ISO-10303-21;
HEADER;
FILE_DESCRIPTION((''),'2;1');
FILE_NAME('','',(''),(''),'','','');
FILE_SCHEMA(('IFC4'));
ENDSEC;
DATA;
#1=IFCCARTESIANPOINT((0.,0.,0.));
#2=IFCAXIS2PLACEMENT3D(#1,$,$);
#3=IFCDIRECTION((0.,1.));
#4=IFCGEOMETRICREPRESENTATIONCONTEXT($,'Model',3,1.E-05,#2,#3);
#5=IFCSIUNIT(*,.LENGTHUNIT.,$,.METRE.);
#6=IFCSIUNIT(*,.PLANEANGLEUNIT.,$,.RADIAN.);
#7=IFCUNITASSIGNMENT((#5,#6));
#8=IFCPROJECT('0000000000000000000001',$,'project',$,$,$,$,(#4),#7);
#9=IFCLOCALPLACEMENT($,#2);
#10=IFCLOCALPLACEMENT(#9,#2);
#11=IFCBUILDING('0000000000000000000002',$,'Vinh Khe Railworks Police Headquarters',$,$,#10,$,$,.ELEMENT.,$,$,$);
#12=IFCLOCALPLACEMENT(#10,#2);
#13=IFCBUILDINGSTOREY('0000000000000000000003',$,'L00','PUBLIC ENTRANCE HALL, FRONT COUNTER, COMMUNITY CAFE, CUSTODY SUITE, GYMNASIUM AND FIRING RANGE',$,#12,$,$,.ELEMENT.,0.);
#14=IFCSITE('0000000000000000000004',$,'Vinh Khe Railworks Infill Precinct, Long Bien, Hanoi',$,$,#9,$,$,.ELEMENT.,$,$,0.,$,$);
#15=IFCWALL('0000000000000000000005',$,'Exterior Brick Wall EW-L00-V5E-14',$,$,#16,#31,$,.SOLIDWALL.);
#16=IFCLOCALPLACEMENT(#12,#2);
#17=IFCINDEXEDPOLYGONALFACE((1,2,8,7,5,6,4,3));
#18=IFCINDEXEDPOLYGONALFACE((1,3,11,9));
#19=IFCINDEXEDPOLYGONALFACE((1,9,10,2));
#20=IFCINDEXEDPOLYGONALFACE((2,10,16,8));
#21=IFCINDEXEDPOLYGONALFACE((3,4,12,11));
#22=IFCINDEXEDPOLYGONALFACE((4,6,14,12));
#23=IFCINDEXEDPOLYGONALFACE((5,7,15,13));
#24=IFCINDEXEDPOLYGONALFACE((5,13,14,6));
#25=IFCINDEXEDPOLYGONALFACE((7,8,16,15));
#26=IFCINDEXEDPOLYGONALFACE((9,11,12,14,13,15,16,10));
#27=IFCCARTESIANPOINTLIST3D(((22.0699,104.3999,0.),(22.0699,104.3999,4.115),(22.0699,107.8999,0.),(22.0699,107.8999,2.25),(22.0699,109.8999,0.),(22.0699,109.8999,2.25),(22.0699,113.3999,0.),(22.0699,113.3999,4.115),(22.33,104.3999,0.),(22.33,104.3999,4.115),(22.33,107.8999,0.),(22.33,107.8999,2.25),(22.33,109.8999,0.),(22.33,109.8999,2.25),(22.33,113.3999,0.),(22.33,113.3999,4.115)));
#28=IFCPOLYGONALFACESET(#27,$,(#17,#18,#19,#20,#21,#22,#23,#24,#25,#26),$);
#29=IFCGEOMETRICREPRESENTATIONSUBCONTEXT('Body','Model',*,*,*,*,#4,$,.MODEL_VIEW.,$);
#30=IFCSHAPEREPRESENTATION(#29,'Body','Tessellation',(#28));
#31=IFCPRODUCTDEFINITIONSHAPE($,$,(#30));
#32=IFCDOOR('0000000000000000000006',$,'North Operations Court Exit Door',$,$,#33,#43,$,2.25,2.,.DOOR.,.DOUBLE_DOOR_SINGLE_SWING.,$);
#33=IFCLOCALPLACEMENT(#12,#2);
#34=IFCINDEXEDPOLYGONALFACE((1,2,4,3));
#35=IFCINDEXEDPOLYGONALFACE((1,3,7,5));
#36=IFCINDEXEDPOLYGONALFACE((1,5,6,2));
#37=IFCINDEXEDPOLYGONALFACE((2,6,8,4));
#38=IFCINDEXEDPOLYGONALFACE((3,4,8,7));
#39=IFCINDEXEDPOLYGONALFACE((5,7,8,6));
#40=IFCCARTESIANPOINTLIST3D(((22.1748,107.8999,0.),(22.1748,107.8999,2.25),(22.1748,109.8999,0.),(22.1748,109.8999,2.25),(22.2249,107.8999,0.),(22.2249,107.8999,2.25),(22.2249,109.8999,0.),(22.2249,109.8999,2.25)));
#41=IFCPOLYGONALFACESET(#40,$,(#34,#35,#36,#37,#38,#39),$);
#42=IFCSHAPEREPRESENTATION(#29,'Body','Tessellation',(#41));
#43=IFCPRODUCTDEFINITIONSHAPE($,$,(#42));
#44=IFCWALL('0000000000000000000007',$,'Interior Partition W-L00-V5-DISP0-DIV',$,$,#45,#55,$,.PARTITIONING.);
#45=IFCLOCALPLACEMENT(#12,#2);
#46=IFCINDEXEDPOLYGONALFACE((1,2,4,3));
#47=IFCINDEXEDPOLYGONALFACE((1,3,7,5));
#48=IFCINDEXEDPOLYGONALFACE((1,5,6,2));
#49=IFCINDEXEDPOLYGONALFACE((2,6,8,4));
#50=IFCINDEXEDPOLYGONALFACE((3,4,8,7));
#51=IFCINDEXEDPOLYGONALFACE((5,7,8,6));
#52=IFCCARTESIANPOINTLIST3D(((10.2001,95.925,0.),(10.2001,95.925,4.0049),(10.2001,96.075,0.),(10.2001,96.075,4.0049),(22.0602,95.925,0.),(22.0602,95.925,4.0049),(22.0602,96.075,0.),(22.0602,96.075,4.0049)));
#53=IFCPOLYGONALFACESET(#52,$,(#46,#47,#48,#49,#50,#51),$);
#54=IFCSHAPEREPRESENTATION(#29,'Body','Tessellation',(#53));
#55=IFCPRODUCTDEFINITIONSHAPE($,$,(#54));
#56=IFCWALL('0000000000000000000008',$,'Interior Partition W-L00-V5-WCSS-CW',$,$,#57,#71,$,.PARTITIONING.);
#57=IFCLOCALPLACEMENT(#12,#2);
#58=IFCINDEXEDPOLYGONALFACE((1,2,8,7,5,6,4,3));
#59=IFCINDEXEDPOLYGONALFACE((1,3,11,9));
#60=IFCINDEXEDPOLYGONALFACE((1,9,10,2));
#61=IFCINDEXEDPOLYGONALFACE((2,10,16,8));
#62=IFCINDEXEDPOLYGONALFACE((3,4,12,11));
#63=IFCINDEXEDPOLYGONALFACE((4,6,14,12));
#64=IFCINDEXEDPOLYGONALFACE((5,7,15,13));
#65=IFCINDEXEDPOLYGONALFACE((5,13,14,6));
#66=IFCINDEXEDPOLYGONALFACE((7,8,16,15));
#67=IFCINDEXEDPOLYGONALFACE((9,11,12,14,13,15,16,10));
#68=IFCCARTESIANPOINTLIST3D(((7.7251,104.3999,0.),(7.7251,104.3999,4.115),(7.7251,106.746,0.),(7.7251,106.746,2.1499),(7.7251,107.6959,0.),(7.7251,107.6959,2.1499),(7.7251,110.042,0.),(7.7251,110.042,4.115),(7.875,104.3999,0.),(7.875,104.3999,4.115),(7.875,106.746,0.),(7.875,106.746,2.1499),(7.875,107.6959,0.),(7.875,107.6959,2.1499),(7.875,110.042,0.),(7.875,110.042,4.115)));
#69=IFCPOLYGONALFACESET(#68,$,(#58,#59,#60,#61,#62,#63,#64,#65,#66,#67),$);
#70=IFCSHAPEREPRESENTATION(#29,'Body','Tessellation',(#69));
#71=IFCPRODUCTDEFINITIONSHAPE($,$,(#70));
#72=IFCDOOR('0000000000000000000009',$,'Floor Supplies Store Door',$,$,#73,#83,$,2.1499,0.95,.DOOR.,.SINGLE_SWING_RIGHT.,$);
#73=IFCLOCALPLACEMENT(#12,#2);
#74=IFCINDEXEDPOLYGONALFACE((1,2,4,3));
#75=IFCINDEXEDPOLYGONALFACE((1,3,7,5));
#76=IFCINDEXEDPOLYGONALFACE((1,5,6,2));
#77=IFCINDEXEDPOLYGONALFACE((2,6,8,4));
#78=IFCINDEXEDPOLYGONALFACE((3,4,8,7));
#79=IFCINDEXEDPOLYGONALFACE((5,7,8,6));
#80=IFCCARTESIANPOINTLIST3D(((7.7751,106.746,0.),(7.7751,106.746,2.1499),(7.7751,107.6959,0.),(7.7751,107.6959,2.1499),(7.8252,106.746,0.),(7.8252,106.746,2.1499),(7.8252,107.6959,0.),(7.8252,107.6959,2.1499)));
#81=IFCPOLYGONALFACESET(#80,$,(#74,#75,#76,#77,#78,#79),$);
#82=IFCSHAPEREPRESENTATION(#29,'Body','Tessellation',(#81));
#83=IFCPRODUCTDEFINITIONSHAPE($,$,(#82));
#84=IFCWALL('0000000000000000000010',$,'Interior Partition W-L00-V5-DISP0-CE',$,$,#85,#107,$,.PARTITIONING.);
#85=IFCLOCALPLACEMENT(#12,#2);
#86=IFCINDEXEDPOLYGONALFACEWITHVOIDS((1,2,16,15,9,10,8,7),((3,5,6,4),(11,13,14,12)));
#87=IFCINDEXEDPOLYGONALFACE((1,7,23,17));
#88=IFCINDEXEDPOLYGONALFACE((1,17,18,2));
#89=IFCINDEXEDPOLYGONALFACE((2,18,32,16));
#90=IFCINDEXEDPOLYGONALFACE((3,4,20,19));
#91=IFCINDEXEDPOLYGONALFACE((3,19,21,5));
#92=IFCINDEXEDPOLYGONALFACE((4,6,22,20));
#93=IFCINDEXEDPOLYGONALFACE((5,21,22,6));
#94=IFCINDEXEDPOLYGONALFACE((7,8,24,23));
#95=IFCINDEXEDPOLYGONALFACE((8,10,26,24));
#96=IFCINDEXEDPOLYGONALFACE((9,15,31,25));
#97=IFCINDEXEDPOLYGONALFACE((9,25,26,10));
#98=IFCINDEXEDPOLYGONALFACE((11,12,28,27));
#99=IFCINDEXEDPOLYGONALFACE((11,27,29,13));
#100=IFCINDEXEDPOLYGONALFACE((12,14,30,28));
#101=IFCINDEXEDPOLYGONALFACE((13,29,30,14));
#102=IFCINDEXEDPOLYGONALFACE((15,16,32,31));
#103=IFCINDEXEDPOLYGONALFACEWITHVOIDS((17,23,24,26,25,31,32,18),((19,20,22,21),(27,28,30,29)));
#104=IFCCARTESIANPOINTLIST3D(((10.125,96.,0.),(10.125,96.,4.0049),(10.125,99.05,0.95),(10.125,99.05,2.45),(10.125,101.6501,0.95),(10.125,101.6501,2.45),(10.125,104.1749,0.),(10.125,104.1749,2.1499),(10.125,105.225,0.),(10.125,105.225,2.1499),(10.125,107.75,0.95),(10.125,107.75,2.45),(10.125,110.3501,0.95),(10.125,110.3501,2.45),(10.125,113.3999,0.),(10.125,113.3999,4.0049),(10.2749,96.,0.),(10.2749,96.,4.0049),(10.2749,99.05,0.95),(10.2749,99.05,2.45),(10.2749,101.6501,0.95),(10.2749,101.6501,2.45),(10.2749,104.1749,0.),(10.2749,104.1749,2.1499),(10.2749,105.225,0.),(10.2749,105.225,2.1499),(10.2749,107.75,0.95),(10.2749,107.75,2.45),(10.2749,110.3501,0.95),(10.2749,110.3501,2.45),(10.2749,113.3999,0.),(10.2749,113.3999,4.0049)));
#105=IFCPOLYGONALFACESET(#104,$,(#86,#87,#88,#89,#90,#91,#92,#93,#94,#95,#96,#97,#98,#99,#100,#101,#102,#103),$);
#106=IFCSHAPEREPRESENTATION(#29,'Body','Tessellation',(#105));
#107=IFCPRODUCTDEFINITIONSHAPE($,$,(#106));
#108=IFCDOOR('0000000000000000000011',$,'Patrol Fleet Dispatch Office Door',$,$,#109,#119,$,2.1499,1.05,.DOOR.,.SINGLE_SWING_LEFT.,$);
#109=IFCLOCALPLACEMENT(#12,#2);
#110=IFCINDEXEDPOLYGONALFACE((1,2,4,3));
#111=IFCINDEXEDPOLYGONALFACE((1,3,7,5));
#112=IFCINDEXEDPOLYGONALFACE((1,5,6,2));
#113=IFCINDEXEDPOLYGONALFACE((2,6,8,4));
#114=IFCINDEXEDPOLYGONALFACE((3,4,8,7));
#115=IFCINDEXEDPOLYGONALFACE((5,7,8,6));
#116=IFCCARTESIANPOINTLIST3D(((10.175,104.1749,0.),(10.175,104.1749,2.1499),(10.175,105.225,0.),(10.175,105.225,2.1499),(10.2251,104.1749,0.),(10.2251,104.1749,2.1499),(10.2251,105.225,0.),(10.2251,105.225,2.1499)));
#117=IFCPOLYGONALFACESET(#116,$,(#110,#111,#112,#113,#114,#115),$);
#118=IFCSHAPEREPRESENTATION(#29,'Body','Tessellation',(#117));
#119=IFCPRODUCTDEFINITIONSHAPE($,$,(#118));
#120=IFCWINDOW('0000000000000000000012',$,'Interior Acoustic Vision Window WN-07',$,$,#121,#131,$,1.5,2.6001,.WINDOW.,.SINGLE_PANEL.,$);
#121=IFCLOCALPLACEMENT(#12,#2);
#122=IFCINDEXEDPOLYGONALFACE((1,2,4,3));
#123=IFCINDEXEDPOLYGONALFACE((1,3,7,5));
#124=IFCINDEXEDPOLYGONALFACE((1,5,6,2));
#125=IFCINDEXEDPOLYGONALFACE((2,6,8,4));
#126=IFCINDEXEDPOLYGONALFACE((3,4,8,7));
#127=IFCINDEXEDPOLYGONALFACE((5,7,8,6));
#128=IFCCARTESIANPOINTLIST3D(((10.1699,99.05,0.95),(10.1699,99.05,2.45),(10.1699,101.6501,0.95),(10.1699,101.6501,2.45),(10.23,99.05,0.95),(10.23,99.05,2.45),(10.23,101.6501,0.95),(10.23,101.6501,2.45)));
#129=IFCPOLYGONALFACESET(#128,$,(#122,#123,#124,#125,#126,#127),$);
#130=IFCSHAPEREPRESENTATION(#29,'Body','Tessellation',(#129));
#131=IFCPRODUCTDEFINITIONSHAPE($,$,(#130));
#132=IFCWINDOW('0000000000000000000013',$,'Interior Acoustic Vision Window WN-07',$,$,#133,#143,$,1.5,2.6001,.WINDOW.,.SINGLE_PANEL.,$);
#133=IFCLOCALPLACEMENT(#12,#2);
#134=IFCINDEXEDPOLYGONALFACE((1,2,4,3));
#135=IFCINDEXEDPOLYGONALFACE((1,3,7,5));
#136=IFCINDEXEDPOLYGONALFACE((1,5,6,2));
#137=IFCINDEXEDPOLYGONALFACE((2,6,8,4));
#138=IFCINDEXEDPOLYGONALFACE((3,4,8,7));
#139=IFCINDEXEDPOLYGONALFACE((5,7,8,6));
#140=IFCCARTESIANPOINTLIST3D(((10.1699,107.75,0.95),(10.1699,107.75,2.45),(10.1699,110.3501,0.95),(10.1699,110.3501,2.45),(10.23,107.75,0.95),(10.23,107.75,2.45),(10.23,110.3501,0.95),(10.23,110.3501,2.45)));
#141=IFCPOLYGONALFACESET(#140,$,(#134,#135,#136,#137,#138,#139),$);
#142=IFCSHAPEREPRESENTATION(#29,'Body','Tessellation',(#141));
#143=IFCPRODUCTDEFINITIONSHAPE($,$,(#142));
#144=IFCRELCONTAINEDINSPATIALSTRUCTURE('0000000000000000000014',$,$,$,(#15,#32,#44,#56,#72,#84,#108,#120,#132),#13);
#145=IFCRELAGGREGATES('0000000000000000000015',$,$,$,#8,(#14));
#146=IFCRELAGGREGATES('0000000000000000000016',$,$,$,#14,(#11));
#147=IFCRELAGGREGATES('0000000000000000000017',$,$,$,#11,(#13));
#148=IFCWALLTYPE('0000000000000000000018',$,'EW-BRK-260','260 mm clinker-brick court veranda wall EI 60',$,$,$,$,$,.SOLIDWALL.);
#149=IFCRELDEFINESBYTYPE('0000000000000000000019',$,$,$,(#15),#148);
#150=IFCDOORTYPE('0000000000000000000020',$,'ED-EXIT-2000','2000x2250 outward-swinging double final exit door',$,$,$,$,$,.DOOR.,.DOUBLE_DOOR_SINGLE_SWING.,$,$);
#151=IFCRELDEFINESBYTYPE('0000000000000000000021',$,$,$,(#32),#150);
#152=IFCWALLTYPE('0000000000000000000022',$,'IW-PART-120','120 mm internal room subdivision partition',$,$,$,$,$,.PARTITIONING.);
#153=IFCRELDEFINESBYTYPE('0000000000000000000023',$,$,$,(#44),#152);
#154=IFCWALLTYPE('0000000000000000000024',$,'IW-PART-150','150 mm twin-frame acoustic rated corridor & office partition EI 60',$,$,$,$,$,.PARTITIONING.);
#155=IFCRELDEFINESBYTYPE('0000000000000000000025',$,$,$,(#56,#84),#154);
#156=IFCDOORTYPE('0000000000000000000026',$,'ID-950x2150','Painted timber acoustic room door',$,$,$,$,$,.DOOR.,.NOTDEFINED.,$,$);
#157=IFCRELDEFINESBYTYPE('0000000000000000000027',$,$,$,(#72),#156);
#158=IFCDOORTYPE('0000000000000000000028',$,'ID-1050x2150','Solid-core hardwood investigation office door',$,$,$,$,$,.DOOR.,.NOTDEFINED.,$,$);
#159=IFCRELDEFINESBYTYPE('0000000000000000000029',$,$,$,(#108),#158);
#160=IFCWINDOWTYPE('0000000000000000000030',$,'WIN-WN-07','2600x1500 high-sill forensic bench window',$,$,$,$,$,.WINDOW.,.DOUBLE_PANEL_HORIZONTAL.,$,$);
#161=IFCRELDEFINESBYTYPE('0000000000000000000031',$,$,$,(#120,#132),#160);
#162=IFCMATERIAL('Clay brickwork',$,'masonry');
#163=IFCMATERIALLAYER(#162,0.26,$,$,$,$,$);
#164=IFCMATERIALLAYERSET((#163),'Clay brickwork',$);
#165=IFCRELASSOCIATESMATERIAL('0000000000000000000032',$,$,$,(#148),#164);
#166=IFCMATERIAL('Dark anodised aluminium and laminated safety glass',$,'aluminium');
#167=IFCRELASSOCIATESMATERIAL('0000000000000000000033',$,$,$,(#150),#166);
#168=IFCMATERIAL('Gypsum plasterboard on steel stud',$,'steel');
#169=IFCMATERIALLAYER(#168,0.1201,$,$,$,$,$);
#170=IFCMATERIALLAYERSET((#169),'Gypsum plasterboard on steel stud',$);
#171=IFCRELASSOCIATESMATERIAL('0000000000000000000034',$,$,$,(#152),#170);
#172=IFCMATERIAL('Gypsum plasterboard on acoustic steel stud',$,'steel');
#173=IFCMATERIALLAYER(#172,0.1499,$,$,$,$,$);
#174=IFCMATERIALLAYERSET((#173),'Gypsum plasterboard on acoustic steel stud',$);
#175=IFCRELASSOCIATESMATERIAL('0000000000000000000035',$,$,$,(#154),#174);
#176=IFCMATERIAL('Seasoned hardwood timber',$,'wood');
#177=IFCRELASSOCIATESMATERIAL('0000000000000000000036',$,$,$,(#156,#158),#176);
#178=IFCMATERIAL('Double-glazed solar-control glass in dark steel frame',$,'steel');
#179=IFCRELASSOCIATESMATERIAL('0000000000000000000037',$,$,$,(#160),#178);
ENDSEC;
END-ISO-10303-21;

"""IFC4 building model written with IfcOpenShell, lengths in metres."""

from ifc_helpers import new_model, si_unit, direction, frame, frame_2d, origin, place, context, subcontext, project, spatial, rectangle, extrude, material, layer, layer_set, type_object, element, fill, save


model = new_model("IFC4")

# Units and contexts
model_context = context("Model", 3, precision=1e-05, world=origin(), true_north=direction((0.0, 1.0)))
body_context = subcontext(model_context, "Body", "Model", "MODEL_VIEW")
ifc_project = project(units=[si_unit("LENGTHUNIT", "METRE"), si_unit("PLANEANGLEUNIT", "RADIAN")], contexts=[model_context])

# Site, building, storey
site_placement = place(None, origin())
site = spatial("IfcSite", under=ifc_project, at=site_placement, Name="Vinh Khe Railworks Infill Precinct, Long Bien, Hanoi", CompositionType="ELEMENT", RefElevation=0.0)
building_placement = place(site_placement, origin())
building = spatial("IfcBuilding", under=site, at=building_placement, Name="Vinh Khe Railworks Police Headquarters", CompositionType="ELEMENT")
storey_placement = place(building_placement, origin())
storey = spatial("IfcBuildingStorey", under=building, at=storey_placement, Name="L00", Description="PUBLIC ENTRANCE HALL, FRONT COUNTER, COMMUNITY CAFE, CUSTODY SUITE, GYMNASIUM AND FIRING RANGE", CompositionType="ELEMENT", Elevation=0.0)

# Wall, opening, door
ifc_material_1 = material(Name="Clay brickwork", Category="masonry")
ifc_layer_1 = layer(ifc_material_1, 0.26)
ifc_layer_set_1 = layer_set([ifc_layer_1], Name="Clay brickwork")
wall_type_1 = type_object("IfcWallType", Name="EW-BRK-260", Description="260 mm clinker-brick court veranda wall EI 60", PredefinedType="SOLIDWALL", material=ifc_layer_set_1)
wall_1_placement = place(storey_placement, frame((22.2, 104.3999, 0.0), z_axis=(0.0, 0.0, 1.0), x_axis=(0.0, 1.0, 0.0)))
wall_1 = element("IfcWall", 1, at=wall_1_placement, inside=storey, type_object=wall_type_1, Name="Exterior Brick Wall EW-L00-V5E-14", PredefinedType="SOLIDWALL", context=body_context, shape_type="SweptSolid", body=[
    extrude(rectangle(XDim=9.0, YDim=0.26, at=frame_2d((4.5, 0.0))), origin(), (0.0, 0.0, 1.0), 4.115),
])
opening_1_placement = place(wall_1_placement, frame((3.5, 0.0, 0.0)))
opening_1 = element("IfcOpeningElement", 2, at=opening_1_placement, cuts=wall_1, PredefinedType="OPENING", context=body_context, shape_type="SweptSolid", body=[
    extrude(rectangle(XDim=2.0, YDim=2.25, at=frame_2d((1.0, 1.125))), frame((0.0, 0.145, 0.0), z_axis=(0.0, -1.0, 0.0), x_axis=(1.0, 0.0, 0.0)), (0.0, 0.0, 1.0), 0.2898),
])
ifc_material_2 = material(Name="Dark anodised aluminium and laminated safety glass", Category="aluminium")
door_type_1 = type_object("IfcDoorType", Name="ED-EXIT-2000", Description="2000x2250 outward-swinging double final exit door", OperationType="DOUBLE_DOOR_SINGLE_SWING", PredefinedType="DOOR", material=ifc_material_2)
door_1_placement = place(opening_1_placement, frame((2.0, 0.0, 0.0), z_axis=(0.0, 0.0, 1.0), x_axis=(-1.0, 0.0, 0.0)))
door_1 = element("IfcDoor", 3, at=door_1_placement, inside=storey, type_object=door_type_1, Name="North Operations Court Exit Door", OperationType="DOUBLE_DOOR_SINGLE_SWING", OverallHeight=2.25, OverallWidth=2.0, PredefinedType="DOOR", context=body_context, shape_type="SweptSolid", body=[
    extrude(rectangle(XDim=2.0, YDim=2.25, at=frame_2d((1.0, 1.125))), frame((0.0, 0.0249, 0.0), z_axis=(0.0, -1.0, 0.0), x_axis=(1.0, 0.0, 0.0)), (0.0, 0.0, 1.0), 0.05),
])
fill(opening_1, door_1)

# Wall
ifc_material_3 = material(Name="Gypsum plasterboard on steel stud", Category="steel")
ifc_layer_2 = layer(ifc_material_3, 0.1201)
ifc_layer_set_2 = layer_set([ifc_layer_2], Name="Gypsum plasterboard on steel stud")
wall_type_2 = type_object("IfcWallType", Name="IW-PART-120", Description="120 mm internal room subdivision partition", PredefinedType="PARTITIONING", material=ifc_layer_set_2)
wall_2_placement = place(storey_placement, frame((10.2, 96.0, 0.0), z_axis=(0.0, 0.0, 1.0), x_axis=(1.0, 0.0, 0.0)))
element("IfcWall", 4, at=wall_2_placement, inside=storey, type_object=wall_type_2, Name="Interior Partition W-L00-V5-DISP0-DIV", PredefinedType="PARTITIONING", context=body_context, shape_type="SweptSolid", body=[
    extrude(rectangle(XDim=11.8601, YDim=0.1499, at=frame_2d((5.9302, 0.0))), origin(), (0.0, 0.0, 1.0), 4.0049),
])

# Wall, opening, door
ifc_material_4 = material(Name="Gypsum plasterboard on acoustic steel stud", Category="steel")
ifc_layer_3 = layer(ifc_material_4, 0.1499)
ifc_layer_set_3 = layer_set([ifc_layer_3], Name="Gypsum plasterboard on acoustic steel stud")
wall_type_3 = type_object("IfcWallType", Name="IW-PART-150", Description="150 mm twin-frame acoustic rated corridor & office partition EI 60", PredefinedType="PARTITIONING", material=ifc_layer_set_3)
wall_3_placement = place(storey_placement, frame((7.8, 104.3999, 0.0), z_axis=(0.0, 0.0, 1.0), x_axis=(0.0, 1.0, 0.0)))
wall_3 = element("IfcWall", 5, at=wall_3_placement, inside=storey, type_object=wall_type_3, Name="Interior Partition W-L00-V5-WCSS-CW", PredefinedType="PARTITIONING", context=body_context, shape_type="SweptSolid", body=[
    extrude(rectangle(XDim=5.6421, YDim=0.1499, at=frame_2d((2.821, 0.0))), origin(), (0.0, 0.0, 1.0), 4.115),
])
opening_2_placement = place(wall_3_placement, frame((2.3459, 0.0, 0.0)))
opening_2 = element("IfcOpeningElement", 6, at=opening_2_placement, cuts=wall_3, PredefinedType="OPENING", context=body_context, shape_type="SweptSolid", body=[
    extrude(rectangle(XDim=0.95, YDim=2.1499, at=frame_2d((0.4751, 1.075))), frame((0.0, 0.0898, 0.0), z_axis=(0.0, -1.0, 0.0), x_axis=(1.0, 0.0, 0.0)), (0.0, 0.0, 1.0), 0.1797),
])
ifc_material_5 = material(Name="Seasoned hardwood timber", Category="wood")
door_type_2 = type_object("IfcDoorType", Name="ID-950x2150", Description="Painted timber acoustic room door", OperationType="NOTDEFINED", PredefinedType="DOOR", material=ifc_material_5)
door_2_placement = place(opening_2_placement, origin())
door_2 = element("IfcDoor", 7, at=door_2_placement, inside=storey, type_object=door_type_2, Name="Floor Supplies Store Door", OperationType="SINGLE_SWING_RIGHT", OverallHeight=2.1499, OverallWidth=0.95, PredefinedType="DOOR", context=body_context, shape_type="SweptSolid", body=[
    extrude(rectangle(XDim=0.95, YDim=2.1499, at=frame_2d((0.4751, 1.075))), frame((0.0, 0.0249, 0.0), z_axis=(0.0, -1.0, 0.0), x_axis=(1.0, 0.0, 0.0)), (0.0, 0.0, 1.0), 0.05),
])
fill(opening_2, door_2)

# Wall, openings, door, windows
wall_4_placement = place(storey_placement, frame((10.2, 96.0, 0.0), z_axis=(0.0, 0.0, 1.0), x_axis=(0.0, 1.0, 0.0)))
wall_4 = element("IfcWall", 8, at=wall_4_placement, inside=storey, type_object=wall_type_3, Name="Interior Partition W-L00-V5-DISP0-CE", PredefinedType="PARTITIONING", context=body_context, shape_type="SweptSolid", body=[
    extrude(rectangle(XDim=17.3999, YDim=0.1499, at=frame_2d((8.7, 0.0))), origin(), (0.0, 0.0, 1.0), 4.0049),
])
opening_3_placement = place(wall_4_placement, frame((8.175, 0.0, 0.0)))
opening_3 = element("IfcOpeningElement", 9, at=opening_3_placement, cuts=wall_4, PredefinedType="OPENING", context=body_context, shape_type="SweptSolid", body=[
    extrude(rectangle(XDim=1.05, YDim=2.1499, at=frame_2d((0.5249, 1.075))), frame((0.0, 0.0898, 0.0), z_axis=(0.0, -1.0, 0.0), x_axis=(1.0, 0.0, 0.0)), (0.0, 0.0, 1.0), 0.1797),
])
opening_4_placement = place(wall_4_placement, frame((3.05, 0.0, 0.95)))
opening_4 = element("IfcOpeningElement", 10, at=opening_4_placement, cuts=wall_4, PredefinedType="OPENING", context=body_context, shape_type="SweptSolid", body=[
    extrude(rectangle(XDim=2.6001, YDim=1.5, at=frame_2d((1.3, 0.75))), frame((0.0, 0.0898, 0.0), z_axis=(0.0, -1.0, 0.0), x_axis=(1.0, 0.0, 0.0)), (0.0, 0.0, 1.0), 0.1797),
])
opening_5_placement = place(wall_4_placement, frame((11.75, 0.0, 0.95)))
opening_5 = element("IfcOpeningElement", 11, at=opening_5_placement, cuts=wall_4, PredefinedType="OPENING", context=body_context, shape_type="SweptSolid", body=[
    extrude(rectangle(XDim=2.6001, YDim=1.5, at=frame_2d((1.3, 0.75))), frame((0.0, 0.0898, 0.0), z_axis=(0.0, -1.0, 0.0), x_axis=(1.0, 0.0, 0.0)), (0.0, 0.0, 1.0), 0.1797),
])
door_type_3 = type_object("IfcDoorType", Name="ID-1050x2150", Description="Solid-core hardwood investigation office door", OperationType="NOTDEFINED", PredefinedType="DOOR", material=ifc_material_5)
door_3_placement = place(opening_3_placement, origin())
door_3 = element("IfcDoor", 12, at=door_3_placement, inside=storey, type_object=door_type_3, Name="Patrol Fleet Dispatch Office Door", OperationType="SINGLE_SWING_LEFT", OverallHeight=2.1499, OverallWidth=1.05, PredefinedType="DOOR", context=body_context, shape_type="SweptSolid", body=[
    extrude(rectangle(XDim=1.05, YDim=2.1499, at=frame_2d((0.5249, 1.075))), frame((0.0, 0.0249, 0.0), z_axis=(0.0, -1.0, 0.0), x_axis=(1.0, 0.0, 0.0)), (0.0, 0.0, 1.0), 0.05),
])
fill(opening_3, door_3)
ifc_material_6 = material(Name="Double-glazed solar-control glass in dark steel frame", Category="steel")
window_type = type_object("IfcWindowType", Name="WIN-WN-07", Description="2600x1500 high-sill forensic bench window", PartitioningType="DOUBLE_PANEL_HORIZONTAL", PredefinedType="WINDOW", material=ifc_material_6)
window_1_placement = place(opening_4_placement, origin())
window_1 = element("IfcWindow", 13, at=window_1_placement, inside=storey, type_object=window_type, Name="Interior Acoustic Vision Window WN-07", OverallHeight=1.5, OverallWidth=2.6001, PartitioningType="SINGLE_PANEL", PredefinedType="WINDOW", context=body_context, shape_type="SweptSolid", body=[
    extrude(rectangle(XDim=2.6001, YDim=1.5, at=frame_2d((1.3, 0.75))), frame((0.0, 0.03, 0.0), z_axis=(0.0, -1.0, 0.0), x_axis=(1.0, 0.0, 0.0)), (0.0, 0.0, 1.0), 0.0601),
])
fill(opening_4, window_1)
window_2_placement = place(opening_5_placement, origin())
window_2 = element("IfcWindow", 14, at=window_2_placement, inside=storey, type_object=window_type, Name="Interior Acoustic Vision Window WN-07", OverallHeight=1.5, OverallWidth=2.6001, PartitioningType="SINGLE_PANEL", PredefinedType="WINDOW", context=body_context, shape_type="SweptSolid", body=[
    extrude(rectangle(XDim=2.6001, YDim=1.5, at=frame_2d((1.3, 0.75))), frame((0.0, 0.03, 0.0), z_axis=(0.0, -1.0, 0.0), x_axis=(1.0, 0.0, 0.0)), (0.0, 0.0, 1.0), 0.0601),
])
fill(opening_5, window_2)

save(model, "model.ifc")
